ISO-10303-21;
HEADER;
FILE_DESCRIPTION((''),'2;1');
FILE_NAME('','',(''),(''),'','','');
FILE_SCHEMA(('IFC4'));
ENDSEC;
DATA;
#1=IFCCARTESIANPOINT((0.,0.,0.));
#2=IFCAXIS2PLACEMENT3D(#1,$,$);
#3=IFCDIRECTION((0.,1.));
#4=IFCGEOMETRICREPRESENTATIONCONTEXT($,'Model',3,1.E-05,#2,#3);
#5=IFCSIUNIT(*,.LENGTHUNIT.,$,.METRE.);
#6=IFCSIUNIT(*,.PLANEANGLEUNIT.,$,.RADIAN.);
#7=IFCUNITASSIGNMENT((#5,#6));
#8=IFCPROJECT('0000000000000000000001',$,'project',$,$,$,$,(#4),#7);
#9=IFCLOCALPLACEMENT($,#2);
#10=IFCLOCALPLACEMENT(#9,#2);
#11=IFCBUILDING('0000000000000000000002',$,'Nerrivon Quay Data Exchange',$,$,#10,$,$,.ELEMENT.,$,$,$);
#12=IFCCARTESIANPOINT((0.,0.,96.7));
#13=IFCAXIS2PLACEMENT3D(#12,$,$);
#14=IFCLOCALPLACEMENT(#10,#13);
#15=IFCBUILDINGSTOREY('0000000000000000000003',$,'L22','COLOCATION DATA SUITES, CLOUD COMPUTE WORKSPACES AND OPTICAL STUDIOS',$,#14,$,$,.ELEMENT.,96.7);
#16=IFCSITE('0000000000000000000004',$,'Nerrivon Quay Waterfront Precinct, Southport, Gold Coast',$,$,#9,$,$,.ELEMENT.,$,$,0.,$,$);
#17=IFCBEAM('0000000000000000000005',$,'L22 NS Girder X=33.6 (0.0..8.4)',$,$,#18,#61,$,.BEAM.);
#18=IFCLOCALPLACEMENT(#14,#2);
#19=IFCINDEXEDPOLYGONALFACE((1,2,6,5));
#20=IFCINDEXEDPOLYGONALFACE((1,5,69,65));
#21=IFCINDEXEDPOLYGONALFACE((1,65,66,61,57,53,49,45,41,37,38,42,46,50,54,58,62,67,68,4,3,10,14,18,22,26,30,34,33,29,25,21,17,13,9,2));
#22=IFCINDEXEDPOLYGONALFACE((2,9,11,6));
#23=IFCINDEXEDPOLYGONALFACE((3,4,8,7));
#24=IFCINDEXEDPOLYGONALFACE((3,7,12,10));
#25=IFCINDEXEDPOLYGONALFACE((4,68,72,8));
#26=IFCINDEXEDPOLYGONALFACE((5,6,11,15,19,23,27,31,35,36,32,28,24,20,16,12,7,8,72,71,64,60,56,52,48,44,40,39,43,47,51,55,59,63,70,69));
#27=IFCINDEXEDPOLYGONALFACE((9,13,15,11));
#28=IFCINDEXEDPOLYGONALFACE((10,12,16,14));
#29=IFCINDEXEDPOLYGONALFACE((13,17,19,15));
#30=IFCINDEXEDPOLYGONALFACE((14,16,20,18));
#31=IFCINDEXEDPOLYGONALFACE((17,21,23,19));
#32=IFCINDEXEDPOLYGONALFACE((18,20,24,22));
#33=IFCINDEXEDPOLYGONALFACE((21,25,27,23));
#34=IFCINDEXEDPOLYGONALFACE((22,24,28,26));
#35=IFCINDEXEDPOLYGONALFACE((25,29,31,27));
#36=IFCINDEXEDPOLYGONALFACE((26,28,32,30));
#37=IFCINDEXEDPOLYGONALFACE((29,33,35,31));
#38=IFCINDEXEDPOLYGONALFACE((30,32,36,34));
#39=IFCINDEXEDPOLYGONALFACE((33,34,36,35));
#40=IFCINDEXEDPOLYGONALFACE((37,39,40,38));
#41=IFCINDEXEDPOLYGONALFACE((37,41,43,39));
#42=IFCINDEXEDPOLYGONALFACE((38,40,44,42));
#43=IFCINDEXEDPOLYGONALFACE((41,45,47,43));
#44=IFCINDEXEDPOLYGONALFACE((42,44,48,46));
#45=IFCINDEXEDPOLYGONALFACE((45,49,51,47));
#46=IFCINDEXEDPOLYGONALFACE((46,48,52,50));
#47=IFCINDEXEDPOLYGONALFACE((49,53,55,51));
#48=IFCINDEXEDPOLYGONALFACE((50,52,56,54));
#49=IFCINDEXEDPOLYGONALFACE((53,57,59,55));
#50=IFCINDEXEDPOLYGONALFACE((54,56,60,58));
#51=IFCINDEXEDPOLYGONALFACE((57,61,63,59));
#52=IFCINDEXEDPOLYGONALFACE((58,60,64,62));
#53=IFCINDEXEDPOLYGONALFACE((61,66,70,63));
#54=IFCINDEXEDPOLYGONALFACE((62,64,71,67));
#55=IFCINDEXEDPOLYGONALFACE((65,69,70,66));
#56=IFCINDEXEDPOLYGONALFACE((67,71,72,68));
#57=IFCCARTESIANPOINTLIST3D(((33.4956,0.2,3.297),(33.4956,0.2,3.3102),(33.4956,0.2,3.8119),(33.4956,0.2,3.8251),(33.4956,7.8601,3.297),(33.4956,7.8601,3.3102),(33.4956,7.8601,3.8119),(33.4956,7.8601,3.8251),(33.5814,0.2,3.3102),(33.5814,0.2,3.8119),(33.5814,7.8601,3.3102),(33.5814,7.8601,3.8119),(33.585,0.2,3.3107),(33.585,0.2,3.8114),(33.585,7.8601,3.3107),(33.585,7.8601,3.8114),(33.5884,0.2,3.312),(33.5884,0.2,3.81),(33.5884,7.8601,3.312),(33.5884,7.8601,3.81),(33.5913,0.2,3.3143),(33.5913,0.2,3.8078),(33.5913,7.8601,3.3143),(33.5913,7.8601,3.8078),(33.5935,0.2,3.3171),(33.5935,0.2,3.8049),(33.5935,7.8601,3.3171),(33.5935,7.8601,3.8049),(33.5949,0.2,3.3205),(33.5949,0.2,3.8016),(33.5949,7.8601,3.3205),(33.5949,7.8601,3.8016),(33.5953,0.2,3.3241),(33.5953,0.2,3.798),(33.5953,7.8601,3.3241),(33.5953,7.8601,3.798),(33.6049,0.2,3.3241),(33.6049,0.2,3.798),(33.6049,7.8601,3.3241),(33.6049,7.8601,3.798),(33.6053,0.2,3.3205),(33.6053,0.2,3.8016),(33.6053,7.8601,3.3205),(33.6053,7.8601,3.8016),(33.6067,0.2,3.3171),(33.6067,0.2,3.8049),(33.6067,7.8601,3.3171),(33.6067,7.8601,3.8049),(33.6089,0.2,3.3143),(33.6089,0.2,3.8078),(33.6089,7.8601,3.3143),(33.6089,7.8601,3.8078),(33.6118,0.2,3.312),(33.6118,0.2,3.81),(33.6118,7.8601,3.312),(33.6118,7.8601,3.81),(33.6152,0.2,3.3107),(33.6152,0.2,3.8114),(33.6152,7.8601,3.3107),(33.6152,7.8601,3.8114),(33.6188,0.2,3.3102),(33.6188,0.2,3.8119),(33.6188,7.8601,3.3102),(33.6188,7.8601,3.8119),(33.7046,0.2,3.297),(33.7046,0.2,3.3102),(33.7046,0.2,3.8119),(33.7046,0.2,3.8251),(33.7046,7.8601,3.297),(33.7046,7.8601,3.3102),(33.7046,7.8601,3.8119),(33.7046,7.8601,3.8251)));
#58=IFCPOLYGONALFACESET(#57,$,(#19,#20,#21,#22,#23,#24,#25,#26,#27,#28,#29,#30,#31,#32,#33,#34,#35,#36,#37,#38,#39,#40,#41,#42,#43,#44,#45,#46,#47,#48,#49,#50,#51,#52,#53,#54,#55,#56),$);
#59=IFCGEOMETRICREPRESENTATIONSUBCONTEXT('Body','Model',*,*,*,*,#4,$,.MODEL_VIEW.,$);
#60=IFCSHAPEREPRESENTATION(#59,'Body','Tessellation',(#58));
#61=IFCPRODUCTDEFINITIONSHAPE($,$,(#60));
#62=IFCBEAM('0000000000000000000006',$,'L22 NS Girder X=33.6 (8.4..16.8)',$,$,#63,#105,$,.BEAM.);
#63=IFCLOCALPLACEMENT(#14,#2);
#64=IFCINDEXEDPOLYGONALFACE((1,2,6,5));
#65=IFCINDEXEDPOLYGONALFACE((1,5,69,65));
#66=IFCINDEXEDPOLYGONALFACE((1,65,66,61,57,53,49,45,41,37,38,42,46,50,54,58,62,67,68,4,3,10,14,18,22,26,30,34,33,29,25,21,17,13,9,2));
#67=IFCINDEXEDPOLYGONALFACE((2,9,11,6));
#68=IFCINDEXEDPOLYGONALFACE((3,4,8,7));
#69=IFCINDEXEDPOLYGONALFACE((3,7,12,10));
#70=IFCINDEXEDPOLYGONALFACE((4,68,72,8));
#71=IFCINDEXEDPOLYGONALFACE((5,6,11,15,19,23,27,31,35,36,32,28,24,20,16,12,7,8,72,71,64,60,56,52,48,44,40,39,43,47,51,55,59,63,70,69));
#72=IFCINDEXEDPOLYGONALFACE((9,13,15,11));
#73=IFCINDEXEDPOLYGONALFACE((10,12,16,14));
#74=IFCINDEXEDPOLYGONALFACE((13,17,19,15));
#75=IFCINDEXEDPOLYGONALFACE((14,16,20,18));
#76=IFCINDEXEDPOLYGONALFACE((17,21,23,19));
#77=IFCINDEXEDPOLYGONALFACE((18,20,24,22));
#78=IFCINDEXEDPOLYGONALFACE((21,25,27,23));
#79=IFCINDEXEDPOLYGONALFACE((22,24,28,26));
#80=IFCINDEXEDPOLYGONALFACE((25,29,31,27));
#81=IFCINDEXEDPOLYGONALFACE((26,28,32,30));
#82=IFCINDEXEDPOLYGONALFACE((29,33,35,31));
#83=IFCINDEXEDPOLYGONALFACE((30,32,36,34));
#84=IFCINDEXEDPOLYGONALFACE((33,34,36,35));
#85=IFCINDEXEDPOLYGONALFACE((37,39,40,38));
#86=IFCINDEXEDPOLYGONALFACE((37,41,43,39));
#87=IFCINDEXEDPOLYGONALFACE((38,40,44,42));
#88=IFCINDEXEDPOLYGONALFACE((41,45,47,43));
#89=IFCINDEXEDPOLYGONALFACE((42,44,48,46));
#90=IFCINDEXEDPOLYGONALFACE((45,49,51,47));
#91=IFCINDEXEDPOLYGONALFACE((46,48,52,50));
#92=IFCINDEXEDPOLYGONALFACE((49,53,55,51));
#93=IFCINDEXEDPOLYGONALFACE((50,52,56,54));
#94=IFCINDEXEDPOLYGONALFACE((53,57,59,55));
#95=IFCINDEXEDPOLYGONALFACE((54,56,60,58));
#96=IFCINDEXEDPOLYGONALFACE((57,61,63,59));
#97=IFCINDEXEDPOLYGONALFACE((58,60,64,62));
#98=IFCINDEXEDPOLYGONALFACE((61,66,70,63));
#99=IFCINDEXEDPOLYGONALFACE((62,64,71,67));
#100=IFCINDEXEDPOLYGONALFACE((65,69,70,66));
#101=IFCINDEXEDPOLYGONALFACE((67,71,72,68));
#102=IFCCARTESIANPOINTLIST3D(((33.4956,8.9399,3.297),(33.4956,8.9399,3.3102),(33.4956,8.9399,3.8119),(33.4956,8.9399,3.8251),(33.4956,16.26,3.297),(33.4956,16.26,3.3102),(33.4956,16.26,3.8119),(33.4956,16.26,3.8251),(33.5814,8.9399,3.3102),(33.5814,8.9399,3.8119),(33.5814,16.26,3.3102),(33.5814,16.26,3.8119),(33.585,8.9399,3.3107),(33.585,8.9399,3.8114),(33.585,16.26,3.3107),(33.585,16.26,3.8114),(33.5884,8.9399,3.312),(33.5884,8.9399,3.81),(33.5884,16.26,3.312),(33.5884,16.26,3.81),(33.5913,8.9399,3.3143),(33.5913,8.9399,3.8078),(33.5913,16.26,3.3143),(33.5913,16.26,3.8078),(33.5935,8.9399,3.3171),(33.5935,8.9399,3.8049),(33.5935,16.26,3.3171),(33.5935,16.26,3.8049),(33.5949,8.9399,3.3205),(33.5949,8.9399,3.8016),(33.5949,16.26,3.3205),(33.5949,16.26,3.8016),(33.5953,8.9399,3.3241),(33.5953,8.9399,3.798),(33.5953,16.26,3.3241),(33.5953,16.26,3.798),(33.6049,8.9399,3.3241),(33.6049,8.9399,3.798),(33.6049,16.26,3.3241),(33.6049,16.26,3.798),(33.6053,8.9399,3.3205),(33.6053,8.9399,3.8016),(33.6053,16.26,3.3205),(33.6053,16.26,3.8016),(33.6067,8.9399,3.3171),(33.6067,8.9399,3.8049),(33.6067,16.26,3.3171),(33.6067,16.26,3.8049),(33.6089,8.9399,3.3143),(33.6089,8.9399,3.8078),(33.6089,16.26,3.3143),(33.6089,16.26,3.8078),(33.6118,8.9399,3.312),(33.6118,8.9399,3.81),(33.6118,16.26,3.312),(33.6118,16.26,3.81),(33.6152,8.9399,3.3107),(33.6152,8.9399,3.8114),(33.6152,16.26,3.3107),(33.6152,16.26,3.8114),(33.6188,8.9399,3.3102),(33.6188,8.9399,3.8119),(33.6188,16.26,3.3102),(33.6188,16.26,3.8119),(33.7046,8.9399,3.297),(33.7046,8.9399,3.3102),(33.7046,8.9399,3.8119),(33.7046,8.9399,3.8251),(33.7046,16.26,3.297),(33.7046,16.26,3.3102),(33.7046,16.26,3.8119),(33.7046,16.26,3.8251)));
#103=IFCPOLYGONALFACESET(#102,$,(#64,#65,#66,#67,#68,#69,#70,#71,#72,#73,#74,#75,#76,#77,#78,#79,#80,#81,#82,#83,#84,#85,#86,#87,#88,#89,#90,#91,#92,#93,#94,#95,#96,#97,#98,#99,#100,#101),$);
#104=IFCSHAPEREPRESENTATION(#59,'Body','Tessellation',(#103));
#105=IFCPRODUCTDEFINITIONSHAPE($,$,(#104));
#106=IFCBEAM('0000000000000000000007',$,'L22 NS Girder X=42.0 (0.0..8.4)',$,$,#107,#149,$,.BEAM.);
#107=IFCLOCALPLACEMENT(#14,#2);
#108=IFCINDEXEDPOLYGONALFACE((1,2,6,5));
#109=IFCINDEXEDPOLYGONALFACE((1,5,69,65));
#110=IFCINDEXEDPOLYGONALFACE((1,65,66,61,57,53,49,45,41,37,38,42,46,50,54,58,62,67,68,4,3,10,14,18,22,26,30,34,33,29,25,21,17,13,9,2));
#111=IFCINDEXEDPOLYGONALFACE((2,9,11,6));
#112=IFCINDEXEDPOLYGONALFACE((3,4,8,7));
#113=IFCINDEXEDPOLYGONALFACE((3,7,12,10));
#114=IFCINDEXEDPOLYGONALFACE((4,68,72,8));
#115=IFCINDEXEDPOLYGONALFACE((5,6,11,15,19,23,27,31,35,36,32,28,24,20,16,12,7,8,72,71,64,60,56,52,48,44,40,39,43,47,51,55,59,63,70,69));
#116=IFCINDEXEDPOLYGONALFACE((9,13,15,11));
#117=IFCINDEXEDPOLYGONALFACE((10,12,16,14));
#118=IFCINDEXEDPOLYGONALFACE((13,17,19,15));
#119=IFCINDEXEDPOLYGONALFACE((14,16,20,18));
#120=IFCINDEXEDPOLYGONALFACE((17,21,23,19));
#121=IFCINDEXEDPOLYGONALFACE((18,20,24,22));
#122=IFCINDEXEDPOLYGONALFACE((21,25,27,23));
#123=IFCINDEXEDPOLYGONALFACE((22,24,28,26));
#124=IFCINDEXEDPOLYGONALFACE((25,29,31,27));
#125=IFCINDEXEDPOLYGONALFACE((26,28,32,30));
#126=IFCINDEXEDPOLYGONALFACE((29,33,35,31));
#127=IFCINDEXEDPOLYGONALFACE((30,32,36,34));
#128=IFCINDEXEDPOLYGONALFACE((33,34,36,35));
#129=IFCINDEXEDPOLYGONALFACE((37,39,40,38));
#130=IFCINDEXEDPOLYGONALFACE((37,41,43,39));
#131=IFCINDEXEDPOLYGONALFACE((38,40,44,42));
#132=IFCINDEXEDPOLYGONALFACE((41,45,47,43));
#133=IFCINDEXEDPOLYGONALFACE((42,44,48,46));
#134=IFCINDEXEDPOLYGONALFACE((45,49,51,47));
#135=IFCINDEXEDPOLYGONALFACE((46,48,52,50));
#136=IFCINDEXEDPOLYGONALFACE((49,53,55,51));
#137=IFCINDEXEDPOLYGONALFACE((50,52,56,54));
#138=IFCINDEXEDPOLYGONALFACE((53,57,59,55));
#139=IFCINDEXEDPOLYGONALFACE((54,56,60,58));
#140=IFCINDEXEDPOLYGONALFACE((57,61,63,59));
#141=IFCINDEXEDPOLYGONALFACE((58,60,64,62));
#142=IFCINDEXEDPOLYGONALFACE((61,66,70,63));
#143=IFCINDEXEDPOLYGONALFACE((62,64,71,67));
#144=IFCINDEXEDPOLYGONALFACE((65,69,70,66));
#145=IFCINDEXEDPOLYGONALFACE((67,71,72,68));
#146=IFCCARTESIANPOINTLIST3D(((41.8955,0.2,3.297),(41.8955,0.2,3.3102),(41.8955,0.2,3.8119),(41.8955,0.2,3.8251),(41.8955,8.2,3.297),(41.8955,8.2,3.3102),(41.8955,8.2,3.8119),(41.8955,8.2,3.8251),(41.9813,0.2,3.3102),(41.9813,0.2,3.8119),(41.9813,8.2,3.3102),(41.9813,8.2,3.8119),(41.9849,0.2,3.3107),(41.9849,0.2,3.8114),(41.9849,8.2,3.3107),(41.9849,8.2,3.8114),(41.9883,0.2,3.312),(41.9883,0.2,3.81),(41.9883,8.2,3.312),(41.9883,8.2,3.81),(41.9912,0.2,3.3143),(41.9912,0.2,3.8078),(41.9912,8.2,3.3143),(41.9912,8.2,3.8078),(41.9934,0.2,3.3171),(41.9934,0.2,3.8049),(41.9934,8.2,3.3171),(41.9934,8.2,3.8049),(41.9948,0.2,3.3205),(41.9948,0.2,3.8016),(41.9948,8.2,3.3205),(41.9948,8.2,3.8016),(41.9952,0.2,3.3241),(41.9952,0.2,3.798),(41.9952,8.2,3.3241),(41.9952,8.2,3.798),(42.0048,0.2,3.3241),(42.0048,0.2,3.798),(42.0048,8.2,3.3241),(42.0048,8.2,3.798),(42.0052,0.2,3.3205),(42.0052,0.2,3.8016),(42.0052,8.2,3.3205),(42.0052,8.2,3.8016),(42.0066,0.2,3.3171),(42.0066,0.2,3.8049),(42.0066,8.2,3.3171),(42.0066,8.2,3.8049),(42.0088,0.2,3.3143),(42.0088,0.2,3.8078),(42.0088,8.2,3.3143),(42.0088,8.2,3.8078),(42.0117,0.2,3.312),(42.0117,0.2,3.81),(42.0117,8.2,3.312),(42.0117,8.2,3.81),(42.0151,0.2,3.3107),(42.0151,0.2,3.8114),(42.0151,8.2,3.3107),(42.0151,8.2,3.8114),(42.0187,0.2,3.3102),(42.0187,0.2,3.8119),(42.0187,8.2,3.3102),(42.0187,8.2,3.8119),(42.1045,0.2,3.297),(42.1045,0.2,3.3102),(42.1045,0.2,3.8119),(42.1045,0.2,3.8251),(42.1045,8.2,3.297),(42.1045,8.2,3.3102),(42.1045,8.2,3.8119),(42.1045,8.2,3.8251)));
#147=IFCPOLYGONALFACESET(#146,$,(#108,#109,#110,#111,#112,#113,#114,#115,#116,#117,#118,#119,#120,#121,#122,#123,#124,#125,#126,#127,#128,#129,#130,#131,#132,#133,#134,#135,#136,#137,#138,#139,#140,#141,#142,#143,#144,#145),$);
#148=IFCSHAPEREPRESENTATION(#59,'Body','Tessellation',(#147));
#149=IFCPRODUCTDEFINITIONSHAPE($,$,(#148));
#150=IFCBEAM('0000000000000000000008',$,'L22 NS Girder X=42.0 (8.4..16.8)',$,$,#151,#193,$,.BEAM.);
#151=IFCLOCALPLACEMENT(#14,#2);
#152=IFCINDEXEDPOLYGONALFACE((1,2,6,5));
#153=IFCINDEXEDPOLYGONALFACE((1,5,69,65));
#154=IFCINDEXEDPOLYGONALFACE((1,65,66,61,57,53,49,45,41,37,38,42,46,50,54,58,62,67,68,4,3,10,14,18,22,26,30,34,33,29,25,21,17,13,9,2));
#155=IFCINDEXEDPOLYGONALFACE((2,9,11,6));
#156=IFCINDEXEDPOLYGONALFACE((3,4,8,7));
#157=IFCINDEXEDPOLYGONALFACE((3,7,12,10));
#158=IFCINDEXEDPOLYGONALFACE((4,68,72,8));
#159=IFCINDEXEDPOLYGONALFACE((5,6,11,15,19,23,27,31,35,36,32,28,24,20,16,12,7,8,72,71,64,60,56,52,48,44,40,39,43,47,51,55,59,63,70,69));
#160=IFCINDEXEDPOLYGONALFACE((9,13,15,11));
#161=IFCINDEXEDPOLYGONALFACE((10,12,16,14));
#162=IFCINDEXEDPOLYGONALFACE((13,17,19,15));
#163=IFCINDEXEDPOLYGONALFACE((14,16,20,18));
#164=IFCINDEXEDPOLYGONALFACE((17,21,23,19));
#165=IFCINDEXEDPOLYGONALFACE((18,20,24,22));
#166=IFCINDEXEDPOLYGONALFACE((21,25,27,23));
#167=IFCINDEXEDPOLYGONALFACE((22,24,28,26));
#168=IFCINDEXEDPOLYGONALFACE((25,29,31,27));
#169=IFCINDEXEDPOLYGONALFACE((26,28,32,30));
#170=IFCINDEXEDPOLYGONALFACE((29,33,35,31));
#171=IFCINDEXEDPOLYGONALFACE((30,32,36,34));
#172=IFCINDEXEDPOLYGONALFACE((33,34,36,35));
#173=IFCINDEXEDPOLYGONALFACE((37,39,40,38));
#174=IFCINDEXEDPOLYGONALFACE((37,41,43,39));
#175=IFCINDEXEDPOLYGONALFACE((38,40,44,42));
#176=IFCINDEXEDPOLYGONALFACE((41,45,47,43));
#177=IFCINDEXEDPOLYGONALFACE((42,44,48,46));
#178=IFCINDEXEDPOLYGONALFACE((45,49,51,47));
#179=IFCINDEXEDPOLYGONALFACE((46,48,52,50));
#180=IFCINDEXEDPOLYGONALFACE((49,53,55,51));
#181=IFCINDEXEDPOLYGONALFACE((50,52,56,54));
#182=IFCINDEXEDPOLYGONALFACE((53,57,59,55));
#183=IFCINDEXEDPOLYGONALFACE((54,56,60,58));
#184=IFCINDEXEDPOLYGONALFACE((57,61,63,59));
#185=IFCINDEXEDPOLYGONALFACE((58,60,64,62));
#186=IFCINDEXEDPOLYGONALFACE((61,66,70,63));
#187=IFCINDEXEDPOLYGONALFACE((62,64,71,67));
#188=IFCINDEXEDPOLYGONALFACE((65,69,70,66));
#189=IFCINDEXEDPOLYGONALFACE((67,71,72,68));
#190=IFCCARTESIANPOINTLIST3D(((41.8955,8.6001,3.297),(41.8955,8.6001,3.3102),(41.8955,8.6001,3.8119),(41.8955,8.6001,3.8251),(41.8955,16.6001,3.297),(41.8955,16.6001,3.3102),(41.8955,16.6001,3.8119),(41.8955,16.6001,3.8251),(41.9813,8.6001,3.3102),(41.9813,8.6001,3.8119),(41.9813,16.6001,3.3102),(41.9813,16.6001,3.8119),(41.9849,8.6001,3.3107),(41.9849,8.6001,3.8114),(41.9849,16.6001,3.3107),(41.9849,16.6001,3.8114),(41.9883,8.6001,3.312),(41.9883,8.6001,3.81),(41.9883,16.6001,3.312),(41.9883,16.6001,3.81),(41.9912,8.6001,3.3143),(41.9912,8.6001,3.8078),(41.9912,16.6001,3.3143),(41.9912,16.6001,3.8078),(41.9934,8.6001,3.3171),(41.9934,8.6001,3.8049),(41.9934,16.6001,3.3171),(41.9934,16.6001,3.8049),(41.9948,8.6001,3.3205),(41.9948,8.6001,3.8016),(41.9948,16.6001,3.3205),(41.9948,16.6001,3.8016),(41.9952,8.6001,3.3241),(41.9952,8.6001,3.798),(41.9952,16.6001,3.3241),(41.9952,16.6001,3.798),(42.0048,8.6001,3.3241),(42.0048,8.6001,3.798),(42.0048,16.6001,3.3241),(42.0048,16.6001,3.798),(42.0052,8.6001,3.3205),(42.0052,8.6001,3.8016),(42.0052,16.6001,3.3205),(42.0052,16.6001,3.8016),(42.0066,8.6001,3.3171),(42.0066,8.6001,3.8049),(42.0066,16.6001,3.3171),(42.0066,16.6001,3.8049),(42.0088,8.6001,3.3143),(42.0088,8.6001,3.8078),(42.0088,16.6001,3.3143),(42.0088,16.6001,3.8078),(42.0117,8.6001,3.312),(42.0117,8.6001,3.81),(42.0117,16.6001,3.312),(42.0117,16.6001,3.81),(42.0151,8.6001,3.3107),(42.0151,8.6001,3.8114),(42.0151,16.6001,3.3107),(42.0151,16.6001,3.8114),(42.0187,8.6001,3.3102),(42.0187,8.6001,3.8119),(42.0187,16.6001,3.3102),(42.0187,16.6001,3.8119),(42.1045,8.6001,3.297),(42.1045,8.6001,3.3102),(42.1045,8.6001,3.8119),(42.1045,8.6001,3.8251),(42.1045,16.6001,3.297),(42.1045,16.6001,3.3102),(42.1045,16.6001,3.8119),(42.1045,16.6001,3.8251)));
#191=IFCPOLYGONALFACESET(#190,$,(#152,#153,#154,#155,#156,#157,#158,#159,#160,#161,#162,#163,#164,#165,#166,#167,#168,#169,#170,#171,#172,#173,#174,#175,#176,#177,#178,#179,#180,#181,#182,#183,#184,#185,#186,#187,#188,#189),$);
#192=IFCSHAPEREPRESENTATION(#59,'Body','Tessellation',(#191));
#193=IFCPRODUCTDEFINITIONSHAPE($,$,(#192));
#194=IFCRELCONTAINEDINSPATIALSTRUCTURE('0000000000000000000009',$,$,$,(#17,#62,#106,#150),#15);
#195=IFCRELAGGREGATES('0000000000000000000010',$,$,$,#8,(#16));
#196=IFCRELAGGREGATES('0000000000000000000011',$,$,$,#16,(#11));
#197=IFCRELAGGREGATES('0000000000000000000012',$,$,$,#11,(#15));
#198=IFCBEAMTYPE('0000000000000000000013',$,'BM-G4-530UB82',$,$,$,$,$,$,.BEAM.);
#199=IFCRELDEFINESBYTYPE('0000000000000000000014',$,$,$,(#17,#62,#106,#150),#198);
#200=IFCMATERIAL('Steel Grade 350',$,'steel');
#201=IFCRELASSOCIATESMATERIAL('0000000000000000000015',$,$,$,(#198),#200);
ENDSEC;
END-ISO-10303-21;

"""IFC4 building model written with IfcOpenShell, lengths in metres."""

from ifc_helpers import new_model, si_unit, direction, frame, origin, origin_2d, place, context, subcontext, project, spatial, i_section, extrude, material, material_profile, profile_set, type_object, element, save


model = new_model("IFC4")

# Units and contexts
model_context = context("Model", 3, precision=1e-05, world=origin(), true_north=direction((0.0, 1.0)))
body_context = subcontext(model_context, "Body", "Model", "MODEL_VIEW")
ifc_project = project(units=[si_unit("LENGTHUNIT", "METRE"), si_unit("PLANEANGLEUNIT", "RADIAN")], contexts=[model_context])

# Site, building, storey
site_placement = place(None, origin())
site = spatial("IfcSite", under=ifc_project, at=site_placement, Name="Nerrivon Quay Waterfront Precinct, Southport, Gold Coast", CompositionType="ELEMENT", RefElevation=0.0)
building_placement = place(site_placement, origin())
building = spatial("IfcBuilding", under=site, at=building_placement, Name="Nerrivon Quay Data Exchange", CompositionType="ELEMENT")
storey_placement = place(building_placement, frame((0.0, 0.0, 96.7)))
storey = spatial("IfcBuildingStorey", under=building, at=storey_placement, Name="L22", Description="COLOCATION DATA SUITES, CLOUD COMPUTE WORKSPACES AND OPTICAL STUDIOS", CompositionType="ELEMENT", Elevation=96.7)

# Shared definitions
ifc_material_1 = material(Name="Steel Grade 350", Category="steel")

# Beams
ifc_material_profile_1 = material_profile(ifc_material_1, i_section(OverallWidth=0.209, OverallDepth=0.5281, WebThickness=0.0095, FlangeThickness=0.0132, FilletRadius=0.0139, at=origin_2d()), Name="530UB82.0")
ifc_profile_set_1 = profile_set([ifc_material_profile_1], Name="Steel Grade 350")
beam_type_1 = type_object("IfcBeamType", Name="BM-G4-530UB82", PredefinedType="BEAM", material=ifc_profile_set_1)
beam_1_placement = place(storey_placement, frame((33.6001, 0.2, 3.561), z_axis=(0.0, 1.0, 0.0), x_axis=(-1.0, 0.0, 0.0)))
element("IfcBeam", 1, at=beam_1_placement, inside=storey, type_object=beam_type_1, Name="L22 NS Girder X=33.6 (0.0..8.4)", PredefinedType="BEAM", context=body_context, shape_type="SweptSolid", body=[
    extrude(i_section(OverallWidth=0.209, OverallDepth=0.5281, WebThickness=0.0095, FlangeThickness=0.0132, FilletRadius=0.0139, at=origin_2d()), origin(), (0.0, 0.0, 1.0), 7.6602),
])
beam_2_placement = place(storey_placement, frame((33.6001, 8.9399, 3.561), z_axis=(0.0, 1.0, 0.0), x_axis=(-1.0, 0.0, 0.0)))
element("IfcBeam", 2, at=beam_2_placement, inside=storey, type_object=beam_type_1, Name="L22 NS Girder X=33.6 (8.4..16.8)", PredefinedType="BEAM", context=body_context, shape_type="SweptSolid", body=[
    extrude(i_section(OverallWidth=0.209, OverallDepth=0.5281, WebThickness=0.0095, FlangeThickness=0.0132, FilletRadius=0.0139, at=origin_2d()), origin(), (0.0, 0.0, 1.0), 7.3201),
])
for number, where, z_axis, x_axis, name in (
    (3, (42.0, 0.2, 3.561), (0.0, 1.0, 0.0), (-1.0, 0.0, 0.0), "L22 NS Girder X=42.0 (0.0..8.4)"),
    (4, (42.0, 8.6001, 3.561), (0.0, 1.0, 0.0), (-1.0, 0.0, 0.0), "L22 NS Girder X=42.0 (8.4..16.8)"),
):
    element("IfcBeam", number, at=place(storey_placement, frame(where, z_axis=z_axis, x_axis=x_axis)), inside=storey, type_object=beam_type_1, Name=name, PredefinedType="BEAM", context=body_context, shape_type="SweptSolid", body=[
        extrude(i_section(OverallWidth=0.209, OverallDepth=0.5281, WebThickness=0.0095, FlangeThickness=0.0132, FilletRadius=0.0139, at=origin_2d()), origin(), (0.0, 0.0, 1.0), 8.0),
    ])

save(model, "model.ifc")
